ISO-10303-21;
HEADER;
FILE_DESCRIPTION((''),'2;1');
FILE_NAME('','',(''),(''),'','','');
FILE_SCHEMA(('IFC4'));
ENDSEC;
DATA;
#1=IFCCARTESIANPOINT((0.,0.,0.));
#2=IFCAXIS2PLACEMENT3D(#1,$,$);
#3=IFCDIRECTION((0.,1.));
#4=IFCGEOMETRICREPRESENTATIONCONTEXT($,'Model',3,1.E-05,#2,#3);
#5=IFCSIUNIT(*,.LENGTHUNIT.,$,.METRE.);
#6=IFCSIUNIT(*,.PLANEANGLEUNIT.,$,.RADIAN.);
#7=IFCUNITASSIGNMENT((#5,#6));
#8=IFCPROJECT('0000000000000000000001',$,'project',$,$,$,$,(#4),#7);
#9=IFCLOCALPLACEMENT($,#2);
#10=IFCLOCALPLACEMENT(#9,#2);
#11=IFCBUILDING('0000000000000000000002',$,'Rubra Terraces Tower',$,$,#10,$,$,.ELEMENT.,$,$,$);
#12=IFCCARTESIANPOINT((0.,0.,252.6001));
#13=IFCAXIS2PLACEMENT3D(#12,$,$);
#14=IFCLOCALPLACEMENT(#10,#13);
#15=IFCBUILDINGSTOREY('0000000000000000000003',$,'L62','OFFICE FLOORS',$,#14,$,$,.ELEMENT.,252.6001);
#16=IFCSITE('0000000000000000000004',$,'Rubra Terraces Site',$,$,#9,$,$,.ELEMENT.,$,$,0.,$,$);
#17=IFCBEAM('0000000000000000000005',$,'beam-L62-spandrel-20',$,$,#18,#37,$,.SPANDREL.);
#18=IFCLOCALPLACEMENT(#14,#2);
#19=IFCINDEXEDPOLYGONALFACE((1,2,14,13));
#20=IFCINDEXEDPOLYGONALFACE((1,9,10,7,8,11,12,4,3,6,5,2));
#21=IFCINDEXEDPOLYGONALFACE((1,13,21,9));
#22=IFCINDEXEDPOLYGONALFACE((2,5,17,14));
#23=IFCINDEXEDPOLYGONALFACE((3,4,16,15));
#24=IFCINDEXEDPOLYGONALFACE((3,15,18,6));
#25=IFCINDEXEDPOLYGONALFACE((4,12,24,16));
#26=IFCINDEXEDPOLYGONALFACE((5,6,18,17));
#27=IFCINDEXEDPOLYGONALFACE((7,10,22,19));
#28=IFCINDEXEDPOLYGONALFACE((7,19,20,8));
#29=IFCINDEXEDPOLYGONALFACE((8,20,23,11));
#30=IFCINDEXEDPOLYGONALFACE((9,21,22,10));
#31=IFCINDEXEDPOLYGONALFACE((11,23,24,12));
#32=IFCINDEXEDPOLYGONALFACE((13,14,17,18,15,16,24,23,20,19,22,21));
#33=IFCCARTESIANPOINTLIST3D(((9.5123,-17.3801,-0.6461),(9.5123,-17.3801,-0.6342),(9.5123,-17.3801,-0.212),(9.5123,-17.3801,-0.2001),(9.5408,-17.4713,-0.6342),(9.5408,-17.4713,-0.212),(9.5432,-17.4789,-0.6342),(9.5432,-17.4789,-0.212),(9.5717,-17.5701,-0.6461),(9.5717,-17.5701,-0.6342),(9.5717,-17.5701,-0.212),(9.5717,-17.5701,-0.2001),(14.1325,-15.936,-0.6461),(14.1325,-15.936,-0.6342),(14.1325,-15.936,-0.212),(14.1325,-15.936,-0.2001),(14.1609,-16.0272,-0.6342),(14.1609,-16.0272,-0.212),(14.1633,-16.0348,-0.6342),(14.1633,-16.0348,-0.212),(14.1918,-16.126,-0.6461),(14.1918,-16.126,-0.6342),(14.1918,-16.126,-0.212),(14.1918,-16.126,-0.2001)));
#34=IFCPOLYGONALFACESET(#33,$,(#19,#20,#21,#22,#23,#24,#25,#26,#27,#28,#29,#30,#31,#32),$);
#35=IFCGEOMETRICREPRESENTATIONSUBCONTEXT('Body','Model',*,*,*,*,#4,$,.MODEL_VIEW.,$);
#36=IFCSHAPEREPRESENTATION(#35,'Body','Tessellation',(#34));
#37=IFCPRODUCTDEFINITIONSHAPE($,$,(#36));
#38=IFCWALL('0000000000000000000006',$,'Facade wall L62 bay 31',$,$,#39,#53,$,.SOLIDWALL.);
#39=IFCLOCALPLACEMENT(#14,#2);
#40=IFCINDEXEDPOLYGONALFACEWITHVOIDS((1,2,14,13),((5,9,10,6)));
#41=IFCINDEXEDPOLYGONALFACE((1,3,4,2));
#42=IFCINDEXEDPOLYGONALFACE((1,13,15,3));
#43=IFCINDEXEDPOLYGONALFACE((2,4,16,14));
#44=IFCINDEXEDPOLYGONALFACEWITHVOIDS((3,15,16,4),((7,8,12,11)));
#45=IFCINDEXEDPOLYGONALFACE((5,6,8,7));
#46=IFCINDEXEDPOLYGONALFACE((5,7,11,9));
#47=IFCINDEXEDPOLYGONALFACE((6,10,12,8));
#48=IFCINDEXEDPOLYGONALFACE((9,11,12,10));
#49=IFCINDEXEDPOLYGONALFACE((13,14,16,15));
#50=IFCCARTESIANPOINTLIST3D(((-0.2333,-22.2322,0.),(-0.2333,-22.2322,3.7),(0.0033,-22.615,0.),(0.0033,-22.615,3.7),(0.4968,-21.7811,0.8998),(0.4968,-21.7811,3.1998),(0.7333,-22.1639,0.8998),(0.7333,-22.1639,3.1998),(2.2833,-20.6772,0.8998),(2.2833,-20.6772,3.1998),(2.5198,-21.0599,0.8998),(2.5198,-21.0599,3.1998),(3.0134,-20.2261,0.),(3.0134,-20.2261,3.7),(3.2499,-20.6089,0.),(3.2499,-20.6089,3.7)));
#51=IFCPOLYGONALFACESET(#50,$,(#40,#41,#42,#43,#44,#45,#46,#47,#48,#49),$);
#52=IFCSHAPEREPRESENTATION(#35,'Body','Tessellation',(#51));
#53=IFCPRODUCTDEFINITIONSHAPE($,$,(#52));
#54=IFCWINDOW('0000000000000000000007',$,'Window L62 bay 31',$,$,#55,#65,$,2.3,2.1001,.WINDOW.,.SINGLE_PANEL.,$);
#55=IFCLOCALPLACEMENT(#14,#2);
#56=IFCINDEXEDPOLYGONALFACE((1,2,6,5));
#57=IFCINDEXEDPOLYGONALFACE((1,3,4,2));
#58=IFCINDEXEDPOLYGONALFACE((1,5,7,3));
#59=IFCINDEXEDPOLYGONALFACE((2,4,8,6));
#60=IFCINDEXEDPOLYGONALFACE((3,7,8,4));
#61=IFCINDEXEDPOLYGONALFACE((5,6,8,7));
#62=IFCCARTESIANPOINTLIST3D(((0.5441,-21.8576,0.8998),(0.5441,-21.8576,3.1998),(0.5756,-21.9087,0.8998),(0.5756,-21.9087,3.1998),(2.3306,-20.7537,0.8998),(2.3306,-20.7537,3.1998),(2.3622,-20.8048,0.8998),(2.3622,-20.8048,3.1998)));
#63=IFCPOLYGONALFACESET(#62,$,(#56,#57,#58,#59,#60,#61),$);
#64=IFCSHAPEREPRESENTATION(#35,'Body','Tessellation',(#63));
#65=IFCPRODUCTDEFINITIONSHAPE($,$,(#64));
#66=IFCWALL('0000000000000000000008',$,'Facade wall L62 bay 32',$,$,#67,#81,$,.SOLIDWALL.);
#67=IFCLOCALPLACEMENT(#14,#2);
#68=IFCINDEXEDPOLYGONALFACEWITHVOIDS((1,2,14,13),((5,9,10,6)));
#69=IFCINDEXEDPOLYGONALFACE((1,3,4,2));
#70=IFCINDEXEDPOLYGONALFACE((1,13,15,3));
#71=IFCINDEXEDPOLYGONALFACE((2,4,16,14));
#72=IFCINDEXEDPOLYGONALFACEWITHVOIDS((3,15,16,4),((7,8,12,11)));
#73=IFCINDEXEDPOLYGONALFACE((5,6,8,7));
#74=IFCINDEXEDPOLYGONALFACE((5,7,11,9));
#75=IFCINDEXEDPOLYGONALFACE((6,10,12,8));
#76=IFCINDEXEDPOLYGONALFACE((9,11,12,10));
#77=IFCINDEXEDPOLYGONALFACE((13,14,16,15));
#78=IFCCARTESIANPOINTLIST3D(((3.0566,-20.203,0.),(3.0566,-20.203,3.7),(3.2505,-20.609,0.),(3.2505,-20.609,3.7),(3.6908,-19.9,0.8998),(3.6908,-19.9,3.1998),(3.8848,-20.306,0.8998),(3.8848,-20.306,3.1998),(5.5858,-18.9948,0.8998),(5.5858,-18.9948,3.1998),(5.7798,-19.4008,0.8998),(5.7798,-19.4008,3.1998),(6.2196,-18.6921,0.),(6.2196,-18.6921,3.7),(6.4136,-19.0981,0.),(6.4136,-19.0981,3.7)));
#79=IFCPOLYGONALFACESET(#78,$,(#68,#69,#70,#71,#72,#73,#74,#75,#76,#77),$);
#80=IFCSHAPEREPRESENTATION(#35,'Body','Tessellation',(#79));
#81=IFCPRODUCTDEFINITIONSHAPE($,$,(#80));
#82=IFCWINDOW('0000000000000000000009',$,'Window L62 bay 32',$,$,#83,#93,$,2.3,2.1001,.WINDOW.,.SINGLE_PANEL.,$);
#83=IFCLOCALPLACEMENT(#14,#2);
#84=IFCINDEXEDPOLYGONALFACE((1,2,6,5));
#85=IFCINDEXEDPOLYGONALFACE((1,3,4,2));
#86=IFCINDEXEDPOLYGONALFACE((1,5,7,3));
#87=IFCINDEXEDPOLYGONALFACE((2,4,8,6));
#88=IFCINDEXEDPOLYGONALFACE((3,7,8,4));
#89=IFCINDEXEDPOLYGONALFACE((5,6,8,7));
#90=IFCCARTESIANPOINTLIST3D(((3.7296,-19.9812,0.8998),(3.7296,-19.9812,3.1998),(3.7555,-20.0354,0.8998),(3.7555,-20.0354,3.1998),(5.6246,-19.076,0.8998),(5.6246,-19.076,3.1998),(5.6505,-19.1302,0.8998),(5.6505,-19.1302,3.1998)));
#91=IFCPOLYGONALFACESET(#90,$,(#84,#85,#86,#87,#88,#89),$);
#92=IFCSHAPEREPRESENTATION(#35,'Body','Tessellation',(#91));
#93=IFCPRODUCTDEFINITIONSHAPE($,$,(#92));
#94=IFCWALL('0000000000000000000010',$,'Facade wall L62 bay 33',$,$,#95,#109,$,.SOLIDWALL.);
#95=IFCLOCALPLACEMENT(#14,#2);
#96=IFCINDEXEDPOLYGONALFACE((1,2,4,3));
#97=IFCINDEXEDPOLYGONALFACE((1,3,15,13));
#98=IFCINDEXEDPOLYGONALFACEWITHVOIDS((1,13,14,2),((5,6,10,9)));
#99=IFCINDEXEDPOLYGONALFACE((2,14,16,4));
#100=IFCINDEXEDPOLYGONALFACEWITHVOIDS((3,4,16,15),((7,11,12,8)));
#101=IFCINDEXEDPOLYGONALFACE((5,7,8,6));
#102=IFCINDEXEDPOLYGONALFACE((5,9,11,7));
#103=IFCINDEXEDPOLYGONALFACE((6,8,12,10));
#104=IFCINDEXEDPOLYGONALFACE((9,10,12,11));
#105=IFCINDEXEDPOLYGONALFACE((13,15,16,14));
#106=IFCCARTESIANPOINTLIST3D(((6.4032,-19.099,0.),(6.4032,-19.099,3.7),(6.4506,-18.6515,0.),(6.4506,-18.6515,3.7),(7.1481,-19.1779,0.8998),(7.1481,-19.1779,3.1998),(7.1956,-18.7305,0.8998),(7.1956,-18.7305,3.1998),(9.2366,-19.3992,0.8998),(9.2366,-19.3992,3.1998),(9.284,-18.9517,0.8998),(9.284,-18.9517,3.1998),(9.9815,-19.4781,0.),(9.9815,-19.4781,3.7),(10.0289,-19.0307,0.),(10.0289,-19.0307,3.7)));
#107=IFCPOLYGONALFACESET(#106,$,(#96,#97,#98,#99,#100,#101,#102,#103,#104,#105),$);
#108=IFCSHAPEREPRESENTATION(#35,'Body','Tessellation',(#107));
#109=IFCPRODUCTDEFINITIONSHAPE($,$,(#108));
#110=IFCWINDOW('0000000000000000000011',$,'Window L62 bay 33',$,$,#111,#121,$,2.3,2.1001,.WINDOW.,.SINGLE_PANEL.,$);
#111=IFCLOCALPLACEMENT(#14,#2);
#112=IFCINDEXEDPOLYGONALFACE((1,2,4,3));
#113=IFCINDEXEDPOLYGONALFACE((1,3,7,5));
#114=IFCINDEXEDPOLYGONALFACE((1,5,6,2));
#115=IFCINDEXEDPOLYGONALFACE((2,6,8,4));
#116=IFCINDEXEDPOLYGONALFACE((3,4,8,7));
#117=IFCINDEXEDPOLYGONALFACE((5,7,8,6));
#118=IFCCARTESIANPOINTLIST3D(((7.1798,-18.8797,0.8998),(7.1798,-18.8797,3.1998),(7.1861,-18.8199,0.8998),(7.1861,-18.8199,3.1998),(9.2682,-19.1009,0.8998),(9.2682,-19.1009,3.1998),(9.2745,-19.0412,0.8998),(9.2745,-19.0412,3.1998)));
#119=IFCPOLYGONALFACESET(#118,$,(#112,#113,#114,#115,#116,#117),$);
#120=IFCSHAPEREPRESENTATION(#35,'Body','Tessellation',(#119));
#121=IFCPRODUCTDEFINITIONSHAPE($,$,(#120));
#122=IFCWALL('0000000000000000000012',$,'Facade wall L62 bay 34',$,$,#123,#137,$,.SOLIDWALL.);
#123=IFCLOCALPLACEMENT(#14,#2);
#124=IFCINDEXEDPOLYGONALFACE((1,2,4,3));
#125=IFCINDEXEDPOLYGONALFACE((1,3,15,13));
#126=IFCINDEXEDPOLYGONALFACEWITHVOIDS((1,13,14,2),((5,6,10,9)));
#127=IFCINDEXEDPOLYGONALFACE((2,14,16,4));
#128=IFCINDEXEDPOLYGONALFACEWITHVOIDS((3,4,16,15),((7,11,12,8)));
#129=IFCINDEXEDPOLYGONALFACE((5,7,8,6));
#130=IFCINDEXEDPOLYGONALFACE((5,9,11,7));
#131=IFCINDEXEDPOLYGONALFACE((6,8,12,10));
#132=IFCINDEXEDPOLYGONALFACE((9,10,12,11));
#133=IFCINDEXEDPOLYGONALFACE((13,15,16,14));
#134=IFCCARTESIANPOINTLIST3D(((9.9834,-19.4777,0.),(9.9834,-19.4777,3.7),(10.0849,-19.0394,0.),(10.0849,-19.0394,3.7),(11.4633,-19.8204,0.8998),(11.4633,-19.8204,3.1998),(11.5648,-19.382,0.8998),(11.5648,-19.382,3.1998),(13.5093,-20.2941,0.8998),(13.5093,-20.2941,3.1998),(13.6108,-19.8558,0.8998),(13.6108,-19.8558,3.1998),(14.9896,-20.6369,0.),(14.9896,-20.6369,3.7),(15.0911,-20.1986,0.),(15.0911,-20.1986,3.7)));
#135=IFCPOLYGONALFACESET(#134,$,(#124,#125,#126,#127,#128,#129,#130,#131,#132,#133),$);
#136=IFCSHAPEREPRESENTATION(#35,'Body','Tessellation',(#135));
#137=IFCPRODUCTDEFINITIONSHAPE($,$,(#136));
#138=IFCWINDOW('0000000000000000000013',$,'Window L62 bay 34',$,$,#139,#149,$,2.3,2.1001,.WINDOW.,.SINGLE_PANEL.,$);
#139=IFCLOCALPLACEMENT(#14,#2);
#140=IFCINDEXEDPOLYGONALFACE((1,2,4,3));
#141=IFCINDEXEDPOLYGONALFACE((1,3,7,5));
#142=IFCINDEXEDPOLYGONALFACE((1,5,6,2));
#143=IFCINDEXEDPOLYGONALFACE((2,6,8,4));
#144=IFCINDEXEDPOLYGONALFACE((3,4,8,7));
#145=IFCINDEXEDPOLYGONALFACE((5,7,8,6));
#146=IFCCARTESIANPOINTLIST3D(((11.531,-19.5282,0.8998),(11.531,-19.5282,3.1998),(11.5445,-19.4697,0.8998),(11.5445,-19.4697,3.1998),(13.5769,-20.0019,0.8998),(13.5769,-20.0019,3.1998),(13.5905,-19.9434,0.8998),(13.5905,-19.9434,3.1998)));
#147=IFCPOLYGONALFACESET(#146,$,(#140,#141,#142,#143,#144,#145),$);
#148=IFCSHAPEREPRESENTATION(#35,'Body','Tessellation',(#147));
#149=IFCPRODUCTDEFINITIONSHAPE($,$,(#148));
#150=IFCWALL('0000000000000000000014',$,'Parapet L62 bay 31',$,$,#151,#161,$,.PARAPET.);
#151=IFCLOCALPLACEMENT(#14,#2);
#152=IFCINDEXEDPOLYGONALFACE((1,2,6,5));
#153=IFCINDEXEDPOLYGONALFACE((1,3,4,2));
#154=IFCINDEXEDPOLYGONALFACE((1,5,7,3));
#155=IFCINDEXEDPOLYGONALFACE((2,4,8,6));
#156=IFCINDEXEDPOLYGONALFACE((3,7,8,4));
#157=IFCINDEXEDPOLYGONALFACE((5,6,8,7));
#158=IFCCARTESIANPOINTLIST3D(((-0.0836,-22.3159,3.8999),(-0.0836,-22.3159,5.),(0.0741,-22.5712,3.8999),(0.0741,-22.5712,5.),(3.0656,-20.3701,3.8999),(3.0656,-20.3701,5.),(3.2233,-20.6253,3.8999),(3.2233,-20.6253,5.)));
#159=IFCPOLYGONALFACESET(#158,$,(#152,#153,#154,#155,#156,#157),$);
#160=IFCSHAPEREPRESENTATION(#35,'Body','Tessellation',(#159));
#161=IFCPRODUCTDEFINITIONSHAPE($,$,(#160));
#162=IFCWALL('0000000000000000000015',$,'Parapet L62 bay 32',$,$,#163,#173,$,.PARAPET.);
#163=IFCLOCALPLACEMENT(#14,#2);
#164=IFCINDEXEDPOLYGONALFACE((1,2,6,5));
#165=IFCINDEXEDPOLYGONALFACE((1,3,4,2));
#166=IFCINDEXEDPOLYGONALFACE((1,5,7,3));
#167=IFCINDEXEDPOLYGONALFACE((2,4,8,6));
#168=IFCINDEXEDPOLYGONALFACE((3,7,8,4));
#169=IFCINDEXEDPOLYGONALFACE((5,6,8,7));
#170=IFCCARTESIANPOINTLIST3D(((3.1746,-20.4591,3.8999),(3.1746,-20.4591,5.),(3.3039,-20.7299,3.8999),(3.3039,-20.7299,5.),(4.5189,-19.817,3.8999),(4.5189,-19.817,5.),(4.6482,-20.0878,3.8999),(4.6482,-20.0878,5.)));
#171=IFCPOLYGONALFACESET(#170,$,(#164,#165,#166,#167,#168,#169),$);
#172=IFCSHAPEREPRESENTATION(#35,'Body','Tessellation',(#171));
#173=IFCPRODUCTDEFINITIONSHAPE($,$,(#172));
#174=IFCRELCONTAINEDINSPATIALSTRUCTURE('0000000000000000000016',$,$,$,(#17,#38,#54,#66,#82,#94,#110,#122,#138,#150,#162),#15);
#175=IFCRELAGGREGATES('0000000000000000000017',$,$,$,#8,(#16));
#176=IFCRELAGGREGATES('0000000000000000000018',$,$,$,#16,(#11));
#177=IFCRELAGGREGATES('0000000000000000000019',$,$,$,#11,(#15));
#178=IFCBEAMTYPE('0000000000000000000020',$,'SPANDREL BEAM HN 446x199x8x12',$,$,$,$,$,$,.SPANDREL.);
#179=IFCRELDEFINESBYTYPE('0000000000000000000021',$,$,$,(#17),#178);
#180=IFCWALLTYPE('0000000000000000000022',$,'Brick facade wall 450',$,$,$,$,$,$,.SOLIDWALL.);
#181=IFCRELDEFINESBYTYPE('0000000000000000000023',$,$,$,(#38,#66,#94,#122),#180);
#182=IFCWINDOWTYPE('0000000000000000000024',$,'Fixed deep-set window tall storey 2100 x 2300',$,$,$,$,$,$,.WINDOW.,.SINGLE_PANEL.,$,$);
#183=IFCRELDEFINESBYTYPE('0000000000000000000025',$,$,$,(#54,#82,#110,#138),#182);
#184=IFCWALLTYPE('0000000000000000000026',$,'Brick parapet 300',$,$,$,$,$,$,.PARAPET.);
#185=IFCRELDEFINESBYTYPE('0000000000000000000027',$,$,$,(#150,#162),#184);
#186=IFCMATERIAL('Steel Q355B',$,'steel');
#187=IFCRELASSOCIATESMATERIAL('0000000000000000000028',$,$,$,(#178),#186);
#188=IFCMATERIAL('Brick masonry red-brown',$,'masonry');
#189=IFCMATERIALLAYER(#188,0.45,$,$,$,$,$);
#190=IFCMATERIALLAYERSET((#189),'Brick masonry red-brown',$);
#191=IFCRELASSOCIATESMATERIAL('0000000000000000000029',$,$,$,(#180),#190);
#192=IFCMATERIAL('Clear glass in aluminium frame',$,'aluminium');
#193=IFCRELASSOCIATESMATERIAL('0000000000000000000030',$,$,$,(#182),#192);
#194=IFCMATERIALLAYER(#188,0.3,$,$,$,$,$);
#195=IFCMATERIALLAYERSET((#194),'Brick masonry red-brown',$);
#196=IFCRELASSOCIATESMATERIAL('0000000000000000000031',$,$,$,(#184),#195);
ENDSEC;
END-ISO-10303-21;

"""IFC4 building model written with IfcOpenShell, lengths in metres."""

from ifc_helpers import new_model, si_unit, direction, frame, frame_2d, origin, origin_2d, place, context, subcontext, project, spatial, rectangle, i_section, extrude, material, layer, layer_set, material_profile, profile_set, type_object, element, fill, save


model = new_model("IFC4")

# Units and contexts
model_context = context("Model", 3, precision=1e-05, world=origin(), true_north=direction((0.0, 1.0)))
body_context = subcontext(model_context, "Body", "Model", "MODEL_VIEW")
ifc_project = project(units=[si_unit("LENGTHUNIT", "METRE"), si_unit("PLANEANGLEUNIT", "RADIAN")], contexts=[model_context])

# Site, building, storey
site_placement = place(None, origin())
site = spatial("IfcSite", under=ifc_project, at=site_placement, Name="Rubra Terraces Site", CompositionType="ELEMENT", RefElevation=0.0)
building_placement = place(site_placement, origin())
building = spatial("IfcBuilding", under=site, at=building_placement, Name="Rubra Terraces Tower", CompositionType="ELEMENT")
storey_placement = place(building_placement, frame((0.0, 0.0, 252.6001)))
storey = spatial("IfcBuildingStorey", under=building, at=storey_placement, Name="L62", Description="OFFICE FLOORS", CompositionType="ELEMENT", Elevation=252.6001)

# Beam
ifc_material_1 = material(Name="Steel Q355B", Category="steel")
ifc_material_profile_1 = material_profile(ifc_material_1, i_section(OverallWidth=0.199, OverallDepth=0.446, WebThickness=0.0081, FlangeThickness=0.012, at=origin_2d()), Name="HN 446x199x8x12")
ifc_profile_set_1 = profile_set([ifc_material_profile_1], Name="Steel Q355B")
beam_type_1 = type_object("IfcBeamType", Name="SPANDREL BEAM HN 446x199x8x12", PredefinedType="SPANDREL", material=ifc_profile_set_1)
beam_1_placement = place(storey_placement, frame((9.542, -17.4751, -0.4231), z_axis=(0.954462, 0.298332, 0.0), x_axis=(-0.298332, 0.954462, 0.0)))
element("IfcBeam", 1, at=beam_1_placement, inside=storey, type_object=beam_type_1, Name="beam-L62-spandrel-20", PredefinedType="SPANDREL", context=body_context, shape_type="SweptSolid", body=[
    extrude(i_section(OverallWidth=0.199, OverallDepth=0.446, WebThickness=0.0081, FlangeThickness=0.012, at=origin_2d()), origin(), (0.0, 0.0, 1.0), 4.8406),
])

# Walls, openings, windows
ifc_material_2 = material(Name="Brick masonry red-brown", Category="masonry")
ifc_layer_1 = layer(ifc_material_2, 0.45)
ifc_layer_set_1 = layer_set([ifc_layer_1], Name="Brick masonry red-brown")
wall_type_1 = type_object("IfcWallType", Name="Brick facade wall 450", PredefinedType="SOLIDWALL", material=ifc_layer_set_1)
wall_1_placement = place(storey_placement, frame((-0.115, -22.4236, 0.0), z_axis=(0.0, 0.0, 1.0), x_axis=(0.850697, 0.525656, 0.0)))
wall_1 = element("IfcWall", 2, at=wall_1_placement, inside=storey, type_object=wall_type_1, Name="Facade wall L62 bay 31", PredefinedType="SOLIDWALL", context=body_context, shape_type="SweptSolid", body=[
    extrude(rectangle(XDim=3.8164, YDim=0.45, at=frame_2d((1.9082, 0.0))), origin(), (0.0, 0.0, 1.0), 3.7),
])
opening_1_placement = place(wall_1_placement, frame((0.8582, 0.0, 0.8999)))
opening_1 = element("IfcOpeningElement", 3, at=opening_1_placement, cuts=wall_1, PredefinedType="OPENING", context=body_context, shape_type="SweptSolid", body=[
    extrude(rectangle(XDim=2.1001, YDim=2.3, at=frame_2d((1.05, 1.1499))), frame((0.0, 0.2349, 0.0), z_axis=(0.0, -1.0, 0.0), x_axis=(1.0, 0.0, 0.0)), (0.0, 0.0, 1.0), 0.47),
])
ifc_material_3 = material(Name="Clear glass in aluminium frame", Category="aluminium")
window_type = type_object("IfcWindowType", Name="Fixed deep-set window tall storey 2100 x 2300", PartitioningType="SINGLE_PANEL", PredefinedType="WINDOW", material=ifc_material_3)
window_1_placement = place(opening_1_placement, origin())
window_1 = element("IfcWindow", 4, at=window_1_placement, inside=storey, type_object=window_type, Name="Window L62 bay 31", OverallHeight=2.3, OverallWidth=2.1001, PartitioningType="SINGLE_PANEL", PredefinedType="WINDOW", context=body_context, shape_type="SweptSolid", body=[
    extrude(rectangle(XDim=2.1001, YDim=2.3, at=frame_2d((1.05, 1.1499))), frame((0.0, 0.135, 0.0), z_axis=(0.0, -1.0, 0.0), x_axis=(1.0, 0.0, 0.0)), (0.0, 0.0, 1.0), 0.0601),
])
fill(opening_1, window_1)
wall_2_placement = place(storey_placement, frame((3.1536, -20.406, 0.0), z_axis=(0.0, 0.0, 1.0), x_axis=(0.902333, 0.431039, 0.0)))
wall_2 = element("IfcWall", 5, at=wall_2_placement, inside=storey, type_object=wall_type_1, Name="Facade wall L62 bay 32", PredefinedType="SOLIDWALL", context=body_context, shape_type="SweptSolid", body=[
    extrude(rectangle(XDim=3.5054, YDim=0.45, at=frame_2d((1.7527, 0.0))), origin(), (0.0, 0.0, 1.0), 3.7),
])
opening_2_placement = place(wall_2_placement, frame((0.7029, 0.0, 0.8999)))
opening_2 = element("IfcOpeningElement", 6, at=opening_2_placement, cuts=wall_2, PredefinedType="OPENING", context=body_context, shape_type="SweptSolid", body=[
    extrude(rectangle(XDim=2.1001, YDim=2.3, at=frame_2d((1.05, 1.1499))), frame((0.0, 0.2349, 0.0), z_axis=(0.0, -1.0, 0.0), x_axis=(1.0, 0.0, 0.0)), (0.0, 0.0, 1.0), 0.47),
])
window_2_placement = place(opening_2_placement, origin())
window_2 = element("IfcWindow", 7, at=window_2_placement, inside=storey, type_object=window_type, Name="Window L62 bay 32", OverallHeight=2.3, OverallWidth=2.1001, PartitioningType="SINGLE_PANEL", PredefinedType="WINDOW", context=body_context, shape_type="SweptSolid", body=[
    extrude(rectangle(XDim=2.1001, YDim=2.3, at=frame_2d((1.05, 1.1499))), frame((0.0, 0.135, 0.0), z_axis=(0.0, -1.0, 0.0), x_axis=(1.0, 0.0, 0.0)), (0.0, 0.0, 1.0), 0.0601),
])
fill(opening_2, window_2)
wall_3_placement = place(storey_placement, frame((6.4268, -18.8752, 0.0), z_axis=(0.0, 0.0, 1.0), x_axis=(0.994433, -0.105366, 0.0)))
wall_3 = element("IfcWall", 8, at=wall_3_placement, inside=storey, type_object=wall_type_1, Name="Facade wall L62 bay 33", PredefinedType="SOLIDWALL", context=body_context, shape_type="SweptSolid", body=[
    extrude(rectangle(XDim=3.5984, YDim=0.45, at=frame_2d((1.7993, 0.0))), origin(), (0.0, 0.0, 1.0), 3.7),
])
opening_3_placement = place(wall_3_placement, frame((0.7493, 0.0, 0.8999)))
opening_3 = element("IfcOpeningElement", 9, at=opening_3_placement, cuts=wall_3, PredefinedType="OPENING", context=body_context, shape_type="SweptSolid", body=[
    extrude(rectangle(XDim=2.1001, YDim=2.3, at=frame_2d((1.05, 1.1499))), frame((0.0, 0.2349, 0.0), z_axis=(0.0, -1.0, 0.0), x_axis=(1.0, 0.0, 0.0)), (0.0, 0.0, 1.0), 0.47),
])
window_3_placement = place(opening_3_placement, origin())
window_3 = element("IfcWindow", 10, at=window_3_placement, inside=storey, type_object=window_type, Name="Window L62 bay 33", OverallHeight=2.3, OverallWidth=2.1001, PartitioningType="SINGLE_PANEL", PredefinedType="WINDOW", context=body_context, shape_type="SweptSolid", body=[
    extrude(rectangle(XDim=2.1001, YDim=2.3, at=frame_2d((1.05, 1.1499))), frame((0.0, 0.135, 0.0), z_axis=(0.0, -1.0, 0.0), x_axis=(1.0, 0.0, 0.0)), (0.0, 0.0, 1.0), 0.0601),
])
fill(opening_3, window_3)
wall_4_placement = place(storey_placement, frame((10.0342, -19.2585, 0.0), z_axis=(0.0, 0.0, 1.0), x_axis=(0.974224, -0.225585, 0.0)))
wall_4 = element("IfcWall", 11, at=wall_4_placement, inside=storey, type_object=wall_type_1, Name="Facade wall L62 bay 34", PredefinedType="SOLIDWALL", context=body_context, shape_type="SweptSolid", body=[
    extrude(rectangle(XDim=5.1387, YDim=0.45, at=frame_2d((2.5693, 0.0))), origin(), (0.0, 0.0, 1.0), 3.7),
])
opening_4_placement = place(wall_4_placement, frame((1.519, 0.0, 0.8999)))
opening_4 = element("IfcOpeningElement", 12, at=opening_4_placement, cuts=wall_4, PredefinedType="OPENING", context=body_context, shape_type="SweptSolid", body=[
    extrude(rectangle(XDim=2.1001, YDim=2.3, at=frame_2d((1.05, 1.1499))), frame((0.0, 0.2349, 0.0), z_axis=(0.0, -1.0, 0.0), x_axis=(1.0, 0.0, 0.0)), (0.0, 0.0, 1.0), 0.47),
])
window_4_placement = place(opening_4_placement, origin())
window_4 = element("IfcWindow", 13, at=window_4_placement, inside=storey, type_object=window_type, Name="Window L62 bay 34", OverallHeight=2.3, OverallWidth=2.1001, PartitioningType="SINGLE_PANEL", PredefinedType="WINDOW", context=body_context, shape_type="SweptSolid", body=[
    extrude(rectangle(XDim=2.1001, YDim=2.3, at=frame_2d((1.05, 1.1499))), frame((0.0, 0.135, 0.0), z_axis=(0.0, -1.0, 0.0), x_axis=(1.0, 0.0, 0.0)), (0.0, 0.0, 1.0), 0.0601),
])
fill(opening_4, window_4)

# Walls
ifc_layer_2 = layer(ifc_material_2, 0.3)
ifc_layer_set_2 = layer_set([ifc_layer_2], Name="Brick masonry red-brown")
wall_type_2 = type_object("IfcWallType", Name="Brick parapet 300", PredefinedType="PARAPET", material=ifc_layer_set_2)
wall_5_placement = place(storey_placement, frame((-0.0049, -22.4436, 3.8999), z_axis=(0.0, 0.0, 1.0), x_axis=(0.85071, 0.525635, 0.0)))
element("IfcWall", 14, at=wall_5_placement, inside=storey, type_object=wall_type_2, Name="Parapet L62 bay 31", PredefinedType="PARAPET", context=body_context, shape_type="SweptSolid", body=[
    extrude(rectangle(XDim=3.7019, YDim=0.3, at=frame_2d((1.8511, 0.0))), origin(), (0.0, 0.0, 1.0), 1.1001),
])
wall_6_placement = place(storey_placement, frame((3.2393, -20.5945, 3.8999), z_axis=(0.0, 0.0, 1.0), x_axis=(0.902345, 0.431015, 0.0)))
element("IfcWall", 15, at=wall_6_placement, inside=storey, type_object=wall_type_2, Name="Parapet L62 bay 32", PredefinedType="PARAPET", context=body_context, shape_type="SweptSolid", body=[
    extrude(rectangle(XDim=1.4897, YDim=0.3, at=frame_2d((0.7449, 0.0))), origin(), (0.0, 0.0, 1.0), 1.1001),
])

save(model, "model.ifc")
